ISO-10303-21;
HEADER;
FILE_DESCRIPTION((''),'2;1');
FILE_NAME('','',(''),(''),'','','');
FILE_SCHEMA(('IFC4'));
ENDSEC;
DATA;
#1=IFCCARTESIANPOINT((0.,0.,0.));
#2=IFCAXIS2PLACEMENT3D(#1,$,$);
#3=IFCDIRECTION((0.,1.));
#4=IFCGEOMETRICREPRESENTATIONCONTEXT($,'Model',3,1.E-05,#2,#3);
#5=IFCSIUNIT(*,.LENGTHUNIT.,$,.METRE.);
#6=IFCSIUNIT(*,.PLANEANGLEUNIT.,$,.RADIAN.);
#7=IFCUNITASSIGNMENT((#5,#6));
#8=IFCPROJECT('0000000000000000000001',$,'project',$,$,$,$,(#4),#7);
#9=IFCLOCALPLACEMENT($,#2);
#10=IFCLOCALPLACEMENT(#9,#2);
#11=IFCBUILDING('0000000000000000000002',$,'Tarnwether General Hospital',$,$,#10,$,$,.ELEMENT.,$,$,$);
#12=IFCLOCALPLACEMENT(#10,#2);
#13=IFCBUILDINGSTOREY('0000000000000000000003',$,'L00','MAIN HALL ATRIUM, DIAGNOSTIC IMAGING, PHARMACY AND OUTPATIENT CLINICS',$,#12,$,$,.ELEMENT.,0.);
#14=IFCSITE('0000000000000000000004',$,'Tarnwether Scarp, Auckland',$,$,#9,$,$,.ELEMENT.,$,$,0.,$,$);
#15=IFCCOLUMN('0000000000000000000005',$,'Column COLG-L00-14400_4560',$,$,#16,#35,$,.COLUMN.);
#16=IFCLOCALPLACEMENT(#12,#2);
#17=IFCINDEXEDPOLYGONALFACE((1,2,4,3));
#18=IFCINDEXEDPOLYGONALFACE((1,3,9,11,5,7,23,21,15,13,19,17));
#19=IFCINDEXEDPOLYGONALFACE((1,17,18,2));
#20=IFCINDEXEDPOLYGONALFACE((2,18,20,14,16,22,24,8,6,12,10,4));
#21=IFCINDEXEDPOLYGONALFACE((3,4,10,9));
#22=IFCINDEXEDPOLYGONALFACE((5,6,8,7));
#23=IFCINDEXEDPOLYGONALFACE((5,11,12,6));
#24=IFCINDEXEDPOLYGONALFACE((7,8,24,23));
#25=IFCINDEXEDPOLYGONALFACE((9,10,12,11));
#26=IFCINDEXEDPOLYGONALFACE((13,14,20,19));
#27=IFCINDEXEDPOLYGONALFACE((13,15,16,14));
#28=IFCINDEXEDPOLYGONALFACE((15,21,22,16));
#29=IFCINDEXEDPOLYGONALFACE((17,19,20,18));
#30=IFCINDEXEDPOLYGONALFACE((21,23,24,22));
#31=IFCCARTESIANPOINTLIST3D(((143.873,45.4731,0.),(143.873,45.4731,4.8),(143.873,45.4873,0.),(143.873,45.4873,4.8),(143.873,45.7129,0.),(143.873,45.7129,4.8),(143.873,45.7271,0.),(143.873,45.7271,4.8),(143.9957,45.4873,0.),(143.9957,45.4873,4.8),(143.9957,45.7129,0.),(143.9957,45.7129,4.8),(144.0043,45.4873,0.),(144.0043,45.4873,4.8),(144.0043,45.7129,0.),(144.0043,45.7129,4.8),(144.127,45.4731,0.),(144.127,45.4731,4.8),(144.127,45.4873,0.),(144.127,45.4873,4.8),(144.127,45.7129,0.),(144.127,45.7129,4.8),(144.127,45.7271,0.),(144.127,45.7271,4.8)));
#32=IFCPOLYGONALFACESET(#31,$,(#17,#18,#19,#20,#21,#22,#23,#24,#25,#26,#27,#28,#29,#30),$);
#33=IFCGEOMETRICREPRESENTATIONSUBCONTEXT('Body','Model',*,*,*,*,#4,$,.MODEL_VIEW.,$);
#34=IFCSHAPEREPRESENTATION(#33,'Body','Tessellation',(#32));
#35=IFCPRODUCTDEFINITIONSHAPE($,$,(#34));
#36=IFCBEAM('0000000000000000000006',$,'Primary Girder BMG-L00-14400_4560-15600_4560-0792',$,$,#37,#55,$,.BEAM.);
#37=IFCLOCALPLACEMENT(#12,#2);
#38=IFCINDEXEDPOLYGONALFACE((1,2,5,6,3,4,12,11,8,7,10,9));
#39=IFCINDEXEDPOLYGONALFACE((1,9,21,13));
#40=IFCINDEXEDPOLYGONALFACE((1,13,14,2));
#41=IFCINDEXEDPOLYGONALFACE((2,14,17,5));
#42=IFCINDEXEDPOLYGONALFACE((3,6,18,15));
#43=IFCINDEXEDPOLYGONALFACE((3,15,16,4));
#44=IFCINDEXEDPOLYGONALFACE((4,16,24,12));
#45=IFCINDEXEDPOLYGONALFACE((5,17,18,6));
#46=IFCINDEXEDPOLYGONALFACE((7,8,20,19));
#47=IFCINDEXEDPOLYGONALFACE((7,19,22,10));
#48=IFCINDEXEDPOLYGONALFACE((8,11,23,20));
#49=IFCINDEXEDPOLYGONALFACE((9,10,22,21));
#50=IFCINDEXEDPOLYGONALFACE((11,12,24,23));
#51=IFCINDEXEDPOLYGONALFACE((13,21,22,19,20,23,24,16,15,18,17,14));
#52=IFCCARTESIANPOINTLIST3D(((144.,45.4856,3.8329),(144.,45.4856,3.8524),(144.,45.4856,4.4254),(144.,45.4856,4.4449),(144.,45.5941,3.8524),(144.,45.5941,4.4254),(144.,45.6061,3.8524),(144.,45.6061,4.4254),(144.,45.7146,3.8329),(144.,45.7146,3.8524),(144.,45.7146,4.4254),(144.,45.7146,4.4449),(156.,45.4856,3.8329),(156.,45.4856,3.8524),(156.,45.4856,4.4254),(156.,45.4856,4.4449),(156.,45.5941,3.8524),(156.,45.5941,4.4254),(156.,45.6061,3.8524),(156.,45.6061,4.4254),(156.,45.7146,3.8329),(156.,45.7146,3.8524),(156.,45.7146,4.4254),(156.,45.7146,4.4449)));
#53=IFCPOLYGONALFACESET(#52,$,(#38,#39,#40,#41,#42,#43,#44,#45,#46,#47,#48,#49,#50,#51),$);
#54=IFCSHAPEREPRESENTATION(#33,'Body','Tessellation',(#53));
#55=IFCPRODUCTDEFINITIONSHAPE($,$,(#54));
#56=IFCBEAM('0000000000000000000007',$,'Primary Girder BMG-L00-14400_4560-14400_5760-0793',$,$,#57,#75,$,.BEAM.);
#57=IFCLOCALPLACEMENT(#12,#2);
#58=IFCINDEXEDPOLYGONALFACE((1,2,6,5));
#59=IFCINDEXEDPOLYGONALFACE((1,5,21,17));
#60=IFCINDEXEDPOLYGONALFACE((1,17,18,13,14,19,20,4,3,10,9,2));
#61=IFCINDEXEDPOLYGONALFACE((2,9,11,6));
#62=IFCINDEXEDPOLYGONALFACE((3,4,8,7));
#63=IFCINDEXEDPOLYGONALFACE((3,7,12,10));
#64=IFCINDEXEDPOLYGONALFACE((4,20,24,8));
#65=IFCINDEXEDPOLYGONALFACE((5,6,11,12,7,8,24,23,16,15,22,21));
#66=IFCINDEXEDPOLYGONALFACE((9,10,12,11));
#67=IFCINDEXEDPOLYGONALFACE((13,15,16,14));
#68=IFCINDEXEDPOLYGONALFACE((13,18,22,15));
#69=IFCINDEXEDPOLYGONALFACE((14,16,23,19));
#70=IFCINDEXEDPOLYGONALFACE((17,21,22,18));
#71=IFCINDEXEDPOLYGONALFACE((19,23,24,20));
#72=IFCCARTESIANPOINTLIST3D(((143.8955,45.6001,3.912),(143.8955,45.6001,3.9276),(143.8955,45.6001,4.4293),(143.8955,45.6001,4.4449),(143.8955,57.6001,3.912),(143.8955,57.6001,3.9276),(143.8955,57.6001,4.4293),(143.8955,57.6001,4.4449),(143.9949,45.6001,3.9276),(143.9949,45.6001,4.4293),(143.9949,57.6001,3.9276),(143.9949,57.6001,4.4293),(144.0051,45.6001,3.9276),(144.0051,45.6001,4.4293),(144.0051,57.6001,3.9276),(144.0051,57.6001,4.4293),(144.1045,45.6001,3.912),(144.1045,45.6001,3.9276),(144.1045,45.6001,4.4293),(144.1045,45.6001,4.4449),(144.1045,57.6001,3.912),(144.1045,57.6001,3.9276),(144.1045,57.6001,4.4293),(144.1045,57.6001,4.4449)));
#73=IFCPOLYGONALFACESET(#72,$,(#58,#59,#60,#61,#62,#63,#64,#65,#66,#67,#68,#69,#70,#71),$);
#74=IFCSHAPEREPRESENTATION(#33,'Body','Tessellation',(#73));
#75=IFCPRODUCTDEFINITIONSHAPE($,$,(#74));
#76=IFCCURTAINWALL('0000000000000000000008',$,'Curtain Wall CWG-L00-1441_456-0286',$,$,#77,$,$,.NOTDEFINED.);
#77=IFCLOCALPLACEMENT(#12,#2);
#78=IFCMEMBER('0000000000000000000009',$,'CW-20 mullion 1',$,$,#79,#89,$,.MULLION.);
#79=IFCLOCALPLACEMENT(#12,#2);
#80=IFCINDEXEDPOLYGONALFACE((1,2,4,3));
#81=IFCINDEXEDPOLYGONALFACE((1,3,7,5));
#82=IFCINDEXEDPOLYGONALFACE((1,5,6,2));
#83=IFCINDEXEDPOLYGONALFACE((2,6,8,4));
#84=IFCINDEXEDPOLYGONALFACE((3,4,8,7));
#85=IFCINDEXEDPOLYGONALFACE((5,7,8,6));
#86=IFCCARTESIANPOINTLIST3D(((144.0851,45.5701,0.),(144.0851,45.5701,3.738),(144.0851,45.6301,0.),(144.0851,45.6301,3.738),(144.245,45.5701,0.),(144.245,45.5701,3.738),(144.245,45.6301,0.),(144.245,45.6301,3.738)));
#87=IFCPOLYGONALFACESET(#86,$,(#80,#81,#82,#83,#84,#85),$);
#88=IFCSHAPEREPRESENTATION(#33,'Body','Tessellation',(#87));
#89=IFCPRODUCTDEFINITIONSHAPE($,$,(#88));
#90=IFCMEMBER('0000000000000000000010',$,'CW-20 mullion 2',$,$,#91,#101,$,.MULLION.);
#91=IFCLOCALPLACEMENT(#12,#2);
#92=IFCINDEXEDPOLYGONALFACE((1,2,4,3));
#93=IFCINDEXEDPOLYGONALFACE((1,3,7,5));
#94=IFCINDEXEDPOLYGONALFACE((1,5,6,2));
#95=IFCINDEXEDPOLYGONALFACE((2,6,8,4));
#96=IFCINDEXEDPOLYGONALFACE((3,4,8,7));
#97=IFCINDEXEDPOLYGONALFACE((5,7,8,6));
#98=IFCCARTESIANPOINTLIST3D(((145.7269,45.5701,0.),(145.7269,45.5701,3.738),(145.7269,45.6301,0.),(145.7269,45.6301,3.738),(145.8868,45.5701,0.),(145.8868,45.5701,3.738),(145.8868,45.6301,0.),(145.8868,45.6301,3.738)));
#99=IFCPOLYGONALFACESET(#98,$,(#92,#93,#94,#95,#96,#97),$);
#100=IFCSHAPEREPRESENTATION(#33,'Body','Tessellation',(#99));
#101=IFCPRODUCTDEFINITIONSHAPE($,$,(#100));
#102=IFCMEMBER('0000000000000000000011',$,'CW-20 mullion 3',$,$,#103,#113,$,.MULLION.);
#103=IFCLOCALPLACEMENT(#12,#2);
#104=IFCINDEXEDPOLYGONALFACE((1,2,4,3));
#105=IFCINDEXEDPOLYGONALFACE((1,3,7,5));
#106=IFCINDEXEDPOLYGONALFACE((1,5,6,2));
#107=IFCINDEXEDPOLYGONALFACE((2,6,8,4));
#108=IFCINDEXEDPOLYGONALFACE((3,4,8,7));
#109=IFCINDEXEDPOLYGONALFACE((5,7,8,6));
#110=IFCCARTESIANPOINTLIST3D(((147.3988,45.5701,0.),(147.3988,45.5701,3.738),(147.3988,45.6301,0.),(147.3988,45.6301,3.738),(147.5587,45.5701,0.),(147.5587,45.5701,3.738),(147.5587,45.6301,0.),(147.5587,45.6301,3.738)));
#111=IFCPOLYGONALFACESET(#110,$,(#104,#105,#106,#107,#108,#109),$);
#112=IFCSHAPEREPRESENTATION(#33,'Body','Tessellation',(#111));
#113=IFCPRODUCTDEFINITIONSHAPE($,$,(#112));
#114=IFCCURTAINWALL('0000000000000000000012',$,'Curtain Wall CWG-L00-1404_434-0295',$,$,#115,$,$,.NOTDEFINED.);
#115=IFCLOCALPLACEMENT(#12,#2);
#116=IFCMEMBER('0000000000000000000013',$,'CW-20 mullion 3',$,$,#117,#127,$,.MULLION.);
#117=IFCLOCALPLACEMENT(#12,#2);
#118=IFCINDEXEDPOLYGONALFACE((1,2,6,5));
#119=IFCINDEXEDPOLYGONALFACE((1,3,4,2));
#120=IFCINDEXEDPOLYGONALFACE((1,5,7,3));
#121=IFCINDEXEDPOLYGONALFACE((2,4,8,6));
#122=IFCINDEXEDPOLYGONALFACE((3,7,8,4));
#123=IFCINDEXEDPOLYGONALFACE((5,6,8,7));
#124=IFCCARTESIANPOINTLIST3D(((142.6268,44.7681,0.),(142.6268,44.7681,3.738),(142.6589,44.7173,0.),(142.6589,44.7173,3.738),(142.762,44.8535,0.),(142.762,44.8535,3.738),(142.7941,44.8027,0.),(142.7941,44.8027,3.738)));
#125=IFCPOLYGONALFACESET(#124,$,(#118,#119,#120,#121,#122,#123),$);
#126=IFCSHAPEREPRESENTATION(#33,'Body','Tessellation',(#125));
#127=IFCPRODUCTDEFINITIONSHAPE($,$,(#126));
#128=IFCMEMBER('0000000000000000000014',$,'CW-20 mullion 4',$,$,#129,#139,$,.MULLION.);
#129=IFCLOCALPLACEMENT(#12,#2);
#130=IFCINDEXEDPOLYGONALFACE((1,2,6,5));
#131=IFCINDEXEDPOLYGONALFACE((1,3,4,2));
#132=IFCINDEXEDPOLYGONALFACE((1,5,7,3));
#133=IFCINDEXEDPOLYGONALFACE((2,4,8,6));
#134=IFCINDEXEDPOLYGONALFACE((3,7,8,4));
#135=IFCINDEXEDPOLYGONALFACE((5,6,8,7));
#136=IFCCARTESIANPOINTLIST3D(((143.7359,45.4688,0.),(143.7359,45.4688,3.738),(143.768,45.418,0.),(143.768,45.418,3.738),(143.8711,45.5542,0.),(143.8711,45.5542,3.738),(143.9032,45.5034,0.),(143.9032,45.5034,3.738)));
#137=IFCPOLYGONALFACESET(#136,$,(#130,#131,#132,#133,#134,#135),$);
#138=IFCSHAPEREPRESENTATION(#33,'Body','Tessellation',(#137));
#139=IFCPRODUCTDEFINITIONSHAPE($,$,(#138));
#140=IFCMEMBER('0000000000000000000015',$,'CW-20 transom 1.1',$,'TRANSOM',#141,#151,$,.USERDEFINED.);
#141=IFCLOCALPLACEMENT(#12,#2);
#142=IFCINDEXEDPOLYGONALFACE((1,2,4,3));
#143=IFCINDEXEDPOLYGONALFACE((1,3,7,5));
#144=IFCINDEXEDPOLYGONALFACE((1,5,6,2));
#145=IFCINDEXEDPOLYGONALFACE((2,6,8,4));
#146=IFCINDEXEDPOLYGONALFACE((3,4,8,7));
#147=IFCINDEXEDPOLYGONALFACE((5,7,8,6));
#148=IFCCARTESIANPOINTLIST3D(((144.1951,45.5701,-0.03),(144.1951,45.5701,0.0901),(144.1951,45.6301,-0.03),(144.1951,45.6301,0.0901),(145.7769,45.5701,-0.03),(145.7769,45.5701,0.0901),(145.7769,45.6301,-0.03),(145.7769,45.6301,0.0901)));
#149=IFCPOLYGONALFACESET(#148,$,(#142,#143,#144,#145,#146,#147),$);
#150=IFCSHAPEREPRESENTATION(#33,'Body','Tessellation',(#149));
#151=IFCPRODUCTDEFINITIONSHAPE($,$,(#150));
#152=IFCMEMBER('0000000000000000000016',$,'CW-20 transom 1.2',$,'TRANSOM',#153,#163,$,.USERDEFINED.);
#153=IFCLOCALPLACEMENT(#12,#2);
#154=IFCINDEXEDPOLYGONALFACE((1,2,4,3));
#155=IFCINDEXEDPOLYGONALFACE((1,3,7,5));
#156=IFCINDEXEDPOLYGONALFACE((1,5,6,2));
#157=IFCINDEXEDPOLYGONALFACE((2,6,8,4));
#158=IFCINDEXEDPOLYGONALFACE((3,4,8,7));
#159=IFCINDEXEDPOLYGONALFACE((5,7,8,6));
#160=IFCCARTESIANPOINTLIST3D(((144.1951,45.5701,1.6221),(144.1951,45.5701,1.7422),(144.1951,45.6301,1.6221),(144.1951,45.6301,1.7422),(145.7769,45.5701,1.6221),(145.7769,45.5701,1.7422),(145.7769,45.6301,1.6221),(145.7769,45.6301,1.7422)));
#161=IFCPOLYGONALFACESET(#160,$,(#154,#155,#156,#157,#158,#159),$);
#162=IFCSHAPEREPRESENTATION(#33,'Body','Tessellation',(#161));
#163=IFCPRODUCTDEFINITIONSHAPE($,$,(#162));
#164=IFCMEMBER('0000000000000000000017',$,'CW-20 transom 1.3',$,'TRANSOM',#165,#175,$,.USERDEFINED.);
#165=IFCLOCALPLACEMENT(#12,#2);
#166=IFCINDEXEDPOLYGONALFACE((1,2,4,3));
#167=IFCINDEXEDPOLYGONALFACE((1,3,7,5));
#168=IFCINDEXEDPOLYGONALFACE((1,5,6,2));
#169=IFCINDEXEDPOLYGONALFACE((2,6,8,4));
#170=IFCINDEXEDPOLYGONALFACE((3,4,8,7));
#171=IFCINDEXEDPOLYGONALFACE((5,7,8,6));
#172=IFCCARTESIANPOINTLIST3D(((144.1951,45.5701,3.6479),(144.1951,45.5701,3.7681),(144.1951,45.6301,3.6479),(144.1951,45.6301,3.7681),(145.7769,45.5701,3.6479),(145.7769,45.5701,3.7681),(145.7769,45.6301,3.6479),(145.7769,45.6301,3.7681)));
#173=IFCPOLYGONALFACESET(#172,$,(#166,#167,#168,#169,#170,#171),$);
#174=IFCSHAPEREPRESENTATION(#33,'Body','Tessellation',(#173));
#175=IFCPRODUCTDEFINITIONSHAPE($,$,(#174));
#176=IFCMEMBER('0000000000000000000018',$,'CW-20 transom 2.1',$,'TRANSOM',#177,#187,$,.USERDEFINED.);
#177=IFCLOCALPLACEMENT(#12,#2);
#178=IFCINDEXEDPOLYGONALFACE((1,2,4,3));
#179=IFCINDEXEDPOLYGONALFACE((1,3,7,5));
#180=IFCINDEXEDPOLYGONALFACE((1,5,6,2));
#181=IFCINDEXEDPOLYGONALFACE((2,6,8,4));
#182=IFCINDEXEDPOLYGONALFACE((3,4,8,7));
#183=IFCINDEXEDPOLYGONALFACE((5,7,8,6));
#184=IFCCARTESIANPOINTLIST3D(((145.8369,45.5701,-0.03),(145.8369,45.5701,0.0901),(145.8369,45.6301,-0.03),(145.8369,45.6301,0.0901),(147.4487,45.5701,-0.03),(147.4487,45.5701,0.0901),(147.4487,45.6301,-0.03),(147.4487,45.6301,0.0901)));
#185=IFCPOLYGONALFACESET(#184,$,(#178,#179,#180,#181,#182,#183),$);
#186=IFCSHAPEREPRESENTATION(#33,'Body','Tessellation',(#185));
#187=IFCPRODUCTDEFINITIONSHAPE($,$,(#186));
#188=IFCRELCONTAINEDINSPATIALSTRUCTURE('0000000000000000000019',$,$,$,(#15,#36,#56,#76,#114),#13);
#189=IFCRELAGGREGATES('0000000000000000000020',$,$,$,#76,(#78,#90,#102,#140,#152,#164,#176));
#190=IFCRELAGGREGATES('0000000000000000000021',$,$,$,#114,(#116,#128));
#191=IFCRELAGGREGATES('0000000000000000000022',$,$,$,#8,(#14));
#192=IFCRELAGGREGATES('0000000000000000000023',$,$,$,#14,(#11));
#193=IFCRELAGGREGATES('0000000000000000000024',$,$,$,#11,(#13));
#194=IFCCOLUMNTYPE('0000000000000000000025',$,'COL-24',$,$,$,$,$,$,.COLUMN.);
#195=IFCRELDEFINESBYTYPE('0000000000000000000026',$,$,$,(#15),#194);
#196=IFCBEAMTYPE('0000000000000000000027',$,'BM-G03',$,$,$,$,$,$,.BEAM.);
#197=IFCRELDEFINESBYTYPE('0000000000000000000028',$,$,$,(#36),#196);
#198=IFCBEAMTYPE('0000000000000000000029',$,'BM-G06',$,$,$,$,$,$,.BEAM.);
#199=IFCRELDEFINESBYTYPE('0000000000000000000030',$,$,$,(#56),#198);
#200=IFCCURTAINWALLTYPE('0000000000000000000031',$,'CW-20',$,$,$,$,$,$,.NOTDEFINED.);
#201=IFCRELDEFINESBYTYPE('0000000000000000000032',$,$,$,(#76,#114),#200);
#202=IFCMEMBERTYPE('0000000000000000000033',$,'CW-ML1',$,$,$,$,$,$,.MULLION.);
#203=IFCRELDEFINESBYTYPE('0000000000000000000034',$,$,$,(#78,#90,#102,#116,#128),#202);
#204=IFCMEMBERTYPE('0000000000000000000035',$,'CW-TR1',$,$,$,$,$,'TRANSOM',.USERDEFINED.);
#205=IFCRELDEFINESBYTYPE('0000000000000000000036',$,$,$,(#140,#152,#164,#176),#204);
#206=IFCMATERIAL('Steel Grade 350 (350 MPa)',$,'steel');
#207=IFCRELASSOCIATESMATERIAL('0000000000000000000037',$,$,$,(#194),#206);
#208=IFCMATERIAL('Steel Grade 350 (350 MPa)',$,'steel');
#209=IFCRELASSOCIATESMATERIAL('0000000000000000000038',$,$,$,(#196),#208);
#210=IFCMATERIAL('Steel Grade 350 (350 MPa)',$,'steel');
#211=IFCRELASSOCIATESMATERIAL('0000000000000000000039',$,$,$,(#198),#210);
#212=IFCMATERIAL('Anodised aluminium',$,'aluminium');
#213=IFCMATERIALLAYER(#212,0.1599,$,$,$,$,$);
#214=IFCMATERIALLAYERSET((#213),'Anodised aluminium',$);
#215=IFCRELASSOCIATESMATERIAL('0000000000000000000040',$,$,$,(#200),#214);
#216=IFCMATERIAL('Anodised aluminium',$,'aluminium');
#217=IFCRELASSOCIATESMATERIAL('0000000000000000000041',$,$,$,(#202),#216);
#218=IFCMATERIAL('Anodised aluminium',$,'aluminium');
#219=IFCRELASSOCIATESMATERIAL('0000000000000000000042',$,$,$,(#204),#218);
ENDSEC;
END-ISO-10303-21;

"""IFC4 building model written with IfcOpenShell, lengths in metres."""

from ifc_helpers import new_model, si_unit, direction, frame, origin, origin_2d, place, context, subcontext, project, spatial, rectangle, i_section, extrude, material, layer, layer_set, material_profile, profile_set, type_object, element, aggregate, save


model = new_model("IFC4")

# Units and contexts
model_context = context("Model", 3, precision=1e-05, world=origin(), true_north=direction((0.0, 1.0)))
body_context = subcontext(model_context, "Body", "Model", "MODEL_VIEW")
ifc_project = project(units=[si_unit("LENGTHUNIT", "METRE"), si_unit("PLANEANGLEUNIT", "RADIAN")], contexts=[model_context])

# Site, building, storey
site_placement = place(None, origin())
site = spatial("IfcSite", under=ifc_project, at=site_placement, Name="Tarnwether Scarp, Auckland", CompositionType="ELEMENT", RefElevation=0.0)
building_placement = place(site_placement, origin())
building = spatial("IfcBuilding", under=site, at=building_placement, Name="Tarnwether General Hospital", CompositionType="ELEMENT")
storey_placement = place(building_placement, origin())
storey = spatial("IfcBuildingStorey", under=building, at=storey_placement, Name="L00", Description="MAIN HALL ATRIUM, DIAGNOSTIC IMAGING, PHARMACY AND OUTPATIENT CLINICS", CompositionType="ELEMENT", Elevation=0.0)

# Column
ifc_material_1 = material(Name="Steel Grade 350 (350 MPa)", Category="steel")
ifc_material_profile_1 = material_profile(ifc_material_1, i_section(OverallWidth=0.2539, OverallDepth=0.2539, WebThickness=0.0085, FlangeThickness=0.0142, at=origin_2d()), Name="250UC72.9")
ifc_profile_set_1 = profile_set([ifc_material_profile_1], Name="Steel Grade 350 (350 MPa)")
column_type = type_object("IfcColumnType", Name="COL-24", PredefinedType="COLUMN", material=ifc_profile_set_1)
column_placement = place(storey_placement, frame((144.0, 45.6001, 0.0), z_axis=(0.0, 0.0, 1.0), x_axis=(1.0, 0.0, 0.0)))
element("IfcColumn", 1, at=column_placement, inside=storey, type_object=column_type, Name="Column COLG-L00-14400_4560", PredefinedType="COLUMN", context=body_context, shape_type="SweptSolid", body=[
    extrude(i_section(OverallWidth=0.2539, OverallDepth=0.2539, WebThickness=0.0085, FlangeThickness=0.0142, at=origin_2d()), origin(), (0.0, 0.0, 1.0), 4.8),
])

# Beams
ifc_material_2 = material(Name="Steel Grade 350 (350 MPa)", Category="steel")
ifc_material_profile_2 = material_profile(ifc_material_2, i_section(OverallWidth=0.229, OverallDepth=0.6121, WebThickness=0.012, FlangeThickness=0.0195, at=origin_2d()), Name="610UB125")
ifc_profile_set_2 = profile_set([ifc_material_profile_2], Name="Steel Grade 350 (350 MPa)")
beam_type_1 = type_object("IfcBeamType", Name="BM-G03", PredefinedType="BEAM", material=ifc_profile_set_2)
beam_1_placement = place(storey_placement, frame((144.0, 45.6001, 4.1389), z_axis=(1.0, 0.0, 0.0), x_axis=(0.0, 1.0, 0.0)))
element("IfcBeam", 2, at=beam_1_placement, inside=storey, type_object=beam_type_1, Name="Primary Girder BMG-L00-14400_4560-15600_4560-0792", PredefinedType="BEAM", context=body_context, shape_type="SweptSolid", body=[
    extrude(i_section(OverallWidth=0.229, OverallDepth=0.6121, WebThickness=0.012, FlangeThickness=0.0195, at=origin_2d()), origin(), (0.0, 0.0, 1.0), 12.0),
])
ifc_material_3 = material(Name="Steel Grade 350 (350 MPa)", Category="steel")
ifc_material_profile_3 = material_profile(ifc_material_3, i_section(OverallWidth=0.209, OverallDepth=0.533, WebThickness=0.0103, FlangeThickness=0.0156, at=origin_2d()), Name="530UB92.4")
ifc_profile_set_3 = profile_set([ifc_material_profile_3], Name="Steel Grade 350 (350 MPa)")
beam_type_2 = type_object("IfcBeamType", Name="BM-G06", PredefinedType="BEAM", material=ifc_profile_set_3)
beam_2_placement = place(storey_placement, frame((144.0, 45.6001, 4.1785), z_axis=(0.0, 1.0, 0.0), x_axis=(-1.0, 0.0, 0.0)))
element("IfcBeam", 3, at=beam_2_placement, inside=storey, type_object=beam_type_2, Name="Primary Girder BMG-L00-14400_4560-14400_5760-0793", PredefinedType="BEAM", context=body_context, shape_type="SweptSolid", body=[
    extrude(i_section(OverallWidth=0.209, OverallDepth=0.533, WebThickness=0.0103, FlangeThickness=0.0156, at=origin_2d()), origin(), (0.0, 0.0, 1.0), 12.0),
])

# Curtain walls, members
ifc_material_4 = material(Name="Anodised aluminium", Category="aluminium")
ifc_layer_1 = layer(ifc_material_4, 0.1599)
ifc_layer_set_1 = layer_set([ifc_layer_1], Name="Anodised aluminium")
curtain_wall_type = type_object("IfcCurtainWallType", Name="CW-20", PredefinedType="NOTDEFINED", material=ifc_layer_set_1)
curtain_wall_1_placement = place(storey_placement, origin())
curtain_wall_1 = element("IfcCurtainWall", 4, at=curtain_wall_1_placement, inside=storey, type_object=curtain_wall_type, Name="Curtain Wall CWG-L00-1441_456-0286", PredefinedType="NOTDEFINED")
ifc_material_5 = material(Name="Anodised aluminium", Category="aluminium")
ifc_material_profile_4 = material_profile(ifc_material_5, rectangle(XDim=0.0601, YDim=0.1599, at=origin_2d()), Name="ALU-MUL-60x160")
ifc_profile_set_4 = profile_set([ifc_material_profile_4], Name="Anodised aluminium")
member_type_1 = type_object("IfcMemberType", Name="CW-ML1", PredefinedType="MULLION", material=ifc_profile_set_4)
member_1_placement = place(storey_placement, frame((144.165, 45.6001, 0.0), z_axis=(0.0, 0.0, 1.0), x_axis=(0.0, 1.0, 0.0)))
member_1 = element("IfcMember", 5, at=member_1_placement, type_object=member_type_1, Name="CW-20 mullion 1", PredefinedType="MULLION", context=body_context, shape_type="SweptSolid", body=[
    extrude(rectangle(XDim=0.0601, YDim=0.1599, at=origin_2d()), origin(), (0.0, 0.0, 1.0), 3.738),
])
member_2_placement = place(storey_placement, frame((145.8069, 45.6001, 0.0), z_axis=(0.0, 0.0, 1.0), x_axis=(0.0, 1.0, 0.0)))
member_2 = element("IfcMember", 6, at=member_2_placement, type_object=member_type_1, Name="CW-20 mullion 2", PredefinedType="MULLION", context=body_context, shape_type="SweptSolid", body=[
    extrude(rectangle(XDim=0.0601, YDim=0.1599, at=origin_2d()), origin(), (0.0, 0.0, 1.0), 3.738),
])
member_3_placement = place(storey_placement, frame((147.4788, 45.6001, 0.0), z_axis=(0.0, 0.0, 1.0), x_axis=(0.0, 1.0, 0.0)))
member_3 = element("IfcMember", 7, at=member_3_placement, type_object=member_type_1, Name="CW-20 mullion 3", PredefinedType="MULLION", context=body_context, shape_type="SweptSolid", body=[
    extrude(rectangle(XDim=0.0601, YDim=0.1599, at=origin_2d()), origin(), (0.0, 0.0, 1.0), 3.738),
])
curtain_wall_2_placement = place(storey_placement, origin())
curtain_wall_2 = element("IfcCurtainWall", 8, at=curtain_wall_2_placement, inside=storey, type_object=curtain_wall_type, Name="Curtain Wall CWG-L00-1404_434-0295", PredefinedType="NOTDEFINED")
member_4_placement = place(storey_placement, frame((142.7104, 44.7854, 0.0), z_axis=(0.0, 0.0, 1.0), x_axis=(-0.534012, 0.845477, 0.0)))
member_4 = element("IfcMember", 9, at=member_4_placement, type_object=member_type_1, Name="CW-20 mullion 3", PredefinedType="MULLION", context=body_context, shape_type="SweptSolid", body=[
    extrude(rectangle(XDim=0.0601, YDim=0.1599, at=origin_2d()), origin(), (0.0, 0.0, 1.0), 3.738),
])
member_5_placement = place(storey_placement, frame((143.8196, 45.4861, 0.0), z_axis=(0.0, 0.0, 1.0), x_axis=(-0.534012, 0.845477, 0.0)))
member_5 = element("IfcMember", 10, at=member_5_placement, type_object=member_type_1, Name="CW-20 mullion 4", PredefinedType="MULLION", context=body_context, shape_type="SweptSolid", body=[
    extrude(rectangle(XDim=0.0601, YDim=0.1599, at=origin_2d()), origin(), (0.0, 0.0, 1.0), 3.738),
])

# Members
ifc_material_6 = material(Name="Anodised aluminium", Category="aluminium")
ifc_material_profile_5 = material_profile(ifc_material_6, rectangle(XDim=0.0601, YDim=0.1201, at=origin_2d()), Name="ALU-TRN-60x120")
ifc_profile_set_5 = profile_set([ifc_material_profile_5], Name="Anodised aluminium")
member_type_2 = type_object("IfcMemberType", Name="CW-TR1", ElementType="TRANSOM", PredefinedType="USERDEFINED", material=ifc_profile_set_5)
member_6_placement = place(storey_placement, frame((144.1951, 45.6001, 0.03), z_axis=(1.0, 0.0, 0.0), x_axis=(0.0, 1.0, 0.0)))
member_6 = element("IfcMember", 11, at=member_6_placement, type_object=member_type_2, Name="CW-20 transom 1.1", ObjectType="TRANSOM", PredefinedType="USERDEFINED", context=body_context, shape_type="SweptSolid", body=[
    extrude(rectangle(XDim=0.0601, YDim=0.1201, at=origin_2d()), origin(), (0.0, 0.0, 1.0), 1.5818),
])
member_7_placement = place(storey_placement, frame((144.1951, 45.6001, 1.6821), z_axis=(1.0, 0.0, 0.0), x_axis=(0.0, 1.0, 0.0)))
member_7 = element("IfcMember", 12, at=member_7_placement, type_object=member_type_2, Name="CW-20 transom 1.2", ObjectType="TRANSOM", PredefinedType="USERDEFINED", context=body_context, shape_type="SweptSolid", body=[
    extrude(rectangle(XDim=0.0601, YDim=0.1201, at=origin_2d()), origin(), (0.0, 0.0, 1.0), 1.5818),
])
member_8_placement = place(storey_placement, frame((144.1951, 45.6001, 3.708), z_axis=(1.0, 0.0, 0.0), x_axis=(0.0, 1.0, 0.0)))
member_8 = element("IfcMember", 13, at=member_8_placement, type_object=member_type_2, Name="CW-20 transom 1.3", ObjectType="TRANSOM", PredefinedType="USERDEFINED", context=body_context, shape_type="SweptSolid", body=[
    extrude(rectangle(XDim=0.0601, YDim=0.1201, at=origin_2d()), origin(), (0.0, 0.0, 1.0), 1.5818),
])
member_9_placement = place(storey_placement, frame((145.8369, 45.6001, 0.03), z_axis=(1.0, 0.0, 0.0), x_axis=(0.0, 1.0, 0.0)))
member_9 = element("IfcMember", 14, at=member_9_placement, type_object=member_type_2, Name="CW-20 transom 2.1", ObjectType="TRANSOM", PredefinedType="USERDEFINED", context=body_context, shape_type="SweptSolid", body=[
    extrude(rectangle(XDim=0.0601, YDim=0.1201, at=origin_2d()), origin(), (0.0, 0.0, 1.0), 1.6118),
])

aggregate(curtain_wall_1, [member_1, member_2, member_3, member_6, member_7, member_8, member_9])
aggregate(curtain_wall_2, [member_4, member_5])

save(model, "model.ifc")
